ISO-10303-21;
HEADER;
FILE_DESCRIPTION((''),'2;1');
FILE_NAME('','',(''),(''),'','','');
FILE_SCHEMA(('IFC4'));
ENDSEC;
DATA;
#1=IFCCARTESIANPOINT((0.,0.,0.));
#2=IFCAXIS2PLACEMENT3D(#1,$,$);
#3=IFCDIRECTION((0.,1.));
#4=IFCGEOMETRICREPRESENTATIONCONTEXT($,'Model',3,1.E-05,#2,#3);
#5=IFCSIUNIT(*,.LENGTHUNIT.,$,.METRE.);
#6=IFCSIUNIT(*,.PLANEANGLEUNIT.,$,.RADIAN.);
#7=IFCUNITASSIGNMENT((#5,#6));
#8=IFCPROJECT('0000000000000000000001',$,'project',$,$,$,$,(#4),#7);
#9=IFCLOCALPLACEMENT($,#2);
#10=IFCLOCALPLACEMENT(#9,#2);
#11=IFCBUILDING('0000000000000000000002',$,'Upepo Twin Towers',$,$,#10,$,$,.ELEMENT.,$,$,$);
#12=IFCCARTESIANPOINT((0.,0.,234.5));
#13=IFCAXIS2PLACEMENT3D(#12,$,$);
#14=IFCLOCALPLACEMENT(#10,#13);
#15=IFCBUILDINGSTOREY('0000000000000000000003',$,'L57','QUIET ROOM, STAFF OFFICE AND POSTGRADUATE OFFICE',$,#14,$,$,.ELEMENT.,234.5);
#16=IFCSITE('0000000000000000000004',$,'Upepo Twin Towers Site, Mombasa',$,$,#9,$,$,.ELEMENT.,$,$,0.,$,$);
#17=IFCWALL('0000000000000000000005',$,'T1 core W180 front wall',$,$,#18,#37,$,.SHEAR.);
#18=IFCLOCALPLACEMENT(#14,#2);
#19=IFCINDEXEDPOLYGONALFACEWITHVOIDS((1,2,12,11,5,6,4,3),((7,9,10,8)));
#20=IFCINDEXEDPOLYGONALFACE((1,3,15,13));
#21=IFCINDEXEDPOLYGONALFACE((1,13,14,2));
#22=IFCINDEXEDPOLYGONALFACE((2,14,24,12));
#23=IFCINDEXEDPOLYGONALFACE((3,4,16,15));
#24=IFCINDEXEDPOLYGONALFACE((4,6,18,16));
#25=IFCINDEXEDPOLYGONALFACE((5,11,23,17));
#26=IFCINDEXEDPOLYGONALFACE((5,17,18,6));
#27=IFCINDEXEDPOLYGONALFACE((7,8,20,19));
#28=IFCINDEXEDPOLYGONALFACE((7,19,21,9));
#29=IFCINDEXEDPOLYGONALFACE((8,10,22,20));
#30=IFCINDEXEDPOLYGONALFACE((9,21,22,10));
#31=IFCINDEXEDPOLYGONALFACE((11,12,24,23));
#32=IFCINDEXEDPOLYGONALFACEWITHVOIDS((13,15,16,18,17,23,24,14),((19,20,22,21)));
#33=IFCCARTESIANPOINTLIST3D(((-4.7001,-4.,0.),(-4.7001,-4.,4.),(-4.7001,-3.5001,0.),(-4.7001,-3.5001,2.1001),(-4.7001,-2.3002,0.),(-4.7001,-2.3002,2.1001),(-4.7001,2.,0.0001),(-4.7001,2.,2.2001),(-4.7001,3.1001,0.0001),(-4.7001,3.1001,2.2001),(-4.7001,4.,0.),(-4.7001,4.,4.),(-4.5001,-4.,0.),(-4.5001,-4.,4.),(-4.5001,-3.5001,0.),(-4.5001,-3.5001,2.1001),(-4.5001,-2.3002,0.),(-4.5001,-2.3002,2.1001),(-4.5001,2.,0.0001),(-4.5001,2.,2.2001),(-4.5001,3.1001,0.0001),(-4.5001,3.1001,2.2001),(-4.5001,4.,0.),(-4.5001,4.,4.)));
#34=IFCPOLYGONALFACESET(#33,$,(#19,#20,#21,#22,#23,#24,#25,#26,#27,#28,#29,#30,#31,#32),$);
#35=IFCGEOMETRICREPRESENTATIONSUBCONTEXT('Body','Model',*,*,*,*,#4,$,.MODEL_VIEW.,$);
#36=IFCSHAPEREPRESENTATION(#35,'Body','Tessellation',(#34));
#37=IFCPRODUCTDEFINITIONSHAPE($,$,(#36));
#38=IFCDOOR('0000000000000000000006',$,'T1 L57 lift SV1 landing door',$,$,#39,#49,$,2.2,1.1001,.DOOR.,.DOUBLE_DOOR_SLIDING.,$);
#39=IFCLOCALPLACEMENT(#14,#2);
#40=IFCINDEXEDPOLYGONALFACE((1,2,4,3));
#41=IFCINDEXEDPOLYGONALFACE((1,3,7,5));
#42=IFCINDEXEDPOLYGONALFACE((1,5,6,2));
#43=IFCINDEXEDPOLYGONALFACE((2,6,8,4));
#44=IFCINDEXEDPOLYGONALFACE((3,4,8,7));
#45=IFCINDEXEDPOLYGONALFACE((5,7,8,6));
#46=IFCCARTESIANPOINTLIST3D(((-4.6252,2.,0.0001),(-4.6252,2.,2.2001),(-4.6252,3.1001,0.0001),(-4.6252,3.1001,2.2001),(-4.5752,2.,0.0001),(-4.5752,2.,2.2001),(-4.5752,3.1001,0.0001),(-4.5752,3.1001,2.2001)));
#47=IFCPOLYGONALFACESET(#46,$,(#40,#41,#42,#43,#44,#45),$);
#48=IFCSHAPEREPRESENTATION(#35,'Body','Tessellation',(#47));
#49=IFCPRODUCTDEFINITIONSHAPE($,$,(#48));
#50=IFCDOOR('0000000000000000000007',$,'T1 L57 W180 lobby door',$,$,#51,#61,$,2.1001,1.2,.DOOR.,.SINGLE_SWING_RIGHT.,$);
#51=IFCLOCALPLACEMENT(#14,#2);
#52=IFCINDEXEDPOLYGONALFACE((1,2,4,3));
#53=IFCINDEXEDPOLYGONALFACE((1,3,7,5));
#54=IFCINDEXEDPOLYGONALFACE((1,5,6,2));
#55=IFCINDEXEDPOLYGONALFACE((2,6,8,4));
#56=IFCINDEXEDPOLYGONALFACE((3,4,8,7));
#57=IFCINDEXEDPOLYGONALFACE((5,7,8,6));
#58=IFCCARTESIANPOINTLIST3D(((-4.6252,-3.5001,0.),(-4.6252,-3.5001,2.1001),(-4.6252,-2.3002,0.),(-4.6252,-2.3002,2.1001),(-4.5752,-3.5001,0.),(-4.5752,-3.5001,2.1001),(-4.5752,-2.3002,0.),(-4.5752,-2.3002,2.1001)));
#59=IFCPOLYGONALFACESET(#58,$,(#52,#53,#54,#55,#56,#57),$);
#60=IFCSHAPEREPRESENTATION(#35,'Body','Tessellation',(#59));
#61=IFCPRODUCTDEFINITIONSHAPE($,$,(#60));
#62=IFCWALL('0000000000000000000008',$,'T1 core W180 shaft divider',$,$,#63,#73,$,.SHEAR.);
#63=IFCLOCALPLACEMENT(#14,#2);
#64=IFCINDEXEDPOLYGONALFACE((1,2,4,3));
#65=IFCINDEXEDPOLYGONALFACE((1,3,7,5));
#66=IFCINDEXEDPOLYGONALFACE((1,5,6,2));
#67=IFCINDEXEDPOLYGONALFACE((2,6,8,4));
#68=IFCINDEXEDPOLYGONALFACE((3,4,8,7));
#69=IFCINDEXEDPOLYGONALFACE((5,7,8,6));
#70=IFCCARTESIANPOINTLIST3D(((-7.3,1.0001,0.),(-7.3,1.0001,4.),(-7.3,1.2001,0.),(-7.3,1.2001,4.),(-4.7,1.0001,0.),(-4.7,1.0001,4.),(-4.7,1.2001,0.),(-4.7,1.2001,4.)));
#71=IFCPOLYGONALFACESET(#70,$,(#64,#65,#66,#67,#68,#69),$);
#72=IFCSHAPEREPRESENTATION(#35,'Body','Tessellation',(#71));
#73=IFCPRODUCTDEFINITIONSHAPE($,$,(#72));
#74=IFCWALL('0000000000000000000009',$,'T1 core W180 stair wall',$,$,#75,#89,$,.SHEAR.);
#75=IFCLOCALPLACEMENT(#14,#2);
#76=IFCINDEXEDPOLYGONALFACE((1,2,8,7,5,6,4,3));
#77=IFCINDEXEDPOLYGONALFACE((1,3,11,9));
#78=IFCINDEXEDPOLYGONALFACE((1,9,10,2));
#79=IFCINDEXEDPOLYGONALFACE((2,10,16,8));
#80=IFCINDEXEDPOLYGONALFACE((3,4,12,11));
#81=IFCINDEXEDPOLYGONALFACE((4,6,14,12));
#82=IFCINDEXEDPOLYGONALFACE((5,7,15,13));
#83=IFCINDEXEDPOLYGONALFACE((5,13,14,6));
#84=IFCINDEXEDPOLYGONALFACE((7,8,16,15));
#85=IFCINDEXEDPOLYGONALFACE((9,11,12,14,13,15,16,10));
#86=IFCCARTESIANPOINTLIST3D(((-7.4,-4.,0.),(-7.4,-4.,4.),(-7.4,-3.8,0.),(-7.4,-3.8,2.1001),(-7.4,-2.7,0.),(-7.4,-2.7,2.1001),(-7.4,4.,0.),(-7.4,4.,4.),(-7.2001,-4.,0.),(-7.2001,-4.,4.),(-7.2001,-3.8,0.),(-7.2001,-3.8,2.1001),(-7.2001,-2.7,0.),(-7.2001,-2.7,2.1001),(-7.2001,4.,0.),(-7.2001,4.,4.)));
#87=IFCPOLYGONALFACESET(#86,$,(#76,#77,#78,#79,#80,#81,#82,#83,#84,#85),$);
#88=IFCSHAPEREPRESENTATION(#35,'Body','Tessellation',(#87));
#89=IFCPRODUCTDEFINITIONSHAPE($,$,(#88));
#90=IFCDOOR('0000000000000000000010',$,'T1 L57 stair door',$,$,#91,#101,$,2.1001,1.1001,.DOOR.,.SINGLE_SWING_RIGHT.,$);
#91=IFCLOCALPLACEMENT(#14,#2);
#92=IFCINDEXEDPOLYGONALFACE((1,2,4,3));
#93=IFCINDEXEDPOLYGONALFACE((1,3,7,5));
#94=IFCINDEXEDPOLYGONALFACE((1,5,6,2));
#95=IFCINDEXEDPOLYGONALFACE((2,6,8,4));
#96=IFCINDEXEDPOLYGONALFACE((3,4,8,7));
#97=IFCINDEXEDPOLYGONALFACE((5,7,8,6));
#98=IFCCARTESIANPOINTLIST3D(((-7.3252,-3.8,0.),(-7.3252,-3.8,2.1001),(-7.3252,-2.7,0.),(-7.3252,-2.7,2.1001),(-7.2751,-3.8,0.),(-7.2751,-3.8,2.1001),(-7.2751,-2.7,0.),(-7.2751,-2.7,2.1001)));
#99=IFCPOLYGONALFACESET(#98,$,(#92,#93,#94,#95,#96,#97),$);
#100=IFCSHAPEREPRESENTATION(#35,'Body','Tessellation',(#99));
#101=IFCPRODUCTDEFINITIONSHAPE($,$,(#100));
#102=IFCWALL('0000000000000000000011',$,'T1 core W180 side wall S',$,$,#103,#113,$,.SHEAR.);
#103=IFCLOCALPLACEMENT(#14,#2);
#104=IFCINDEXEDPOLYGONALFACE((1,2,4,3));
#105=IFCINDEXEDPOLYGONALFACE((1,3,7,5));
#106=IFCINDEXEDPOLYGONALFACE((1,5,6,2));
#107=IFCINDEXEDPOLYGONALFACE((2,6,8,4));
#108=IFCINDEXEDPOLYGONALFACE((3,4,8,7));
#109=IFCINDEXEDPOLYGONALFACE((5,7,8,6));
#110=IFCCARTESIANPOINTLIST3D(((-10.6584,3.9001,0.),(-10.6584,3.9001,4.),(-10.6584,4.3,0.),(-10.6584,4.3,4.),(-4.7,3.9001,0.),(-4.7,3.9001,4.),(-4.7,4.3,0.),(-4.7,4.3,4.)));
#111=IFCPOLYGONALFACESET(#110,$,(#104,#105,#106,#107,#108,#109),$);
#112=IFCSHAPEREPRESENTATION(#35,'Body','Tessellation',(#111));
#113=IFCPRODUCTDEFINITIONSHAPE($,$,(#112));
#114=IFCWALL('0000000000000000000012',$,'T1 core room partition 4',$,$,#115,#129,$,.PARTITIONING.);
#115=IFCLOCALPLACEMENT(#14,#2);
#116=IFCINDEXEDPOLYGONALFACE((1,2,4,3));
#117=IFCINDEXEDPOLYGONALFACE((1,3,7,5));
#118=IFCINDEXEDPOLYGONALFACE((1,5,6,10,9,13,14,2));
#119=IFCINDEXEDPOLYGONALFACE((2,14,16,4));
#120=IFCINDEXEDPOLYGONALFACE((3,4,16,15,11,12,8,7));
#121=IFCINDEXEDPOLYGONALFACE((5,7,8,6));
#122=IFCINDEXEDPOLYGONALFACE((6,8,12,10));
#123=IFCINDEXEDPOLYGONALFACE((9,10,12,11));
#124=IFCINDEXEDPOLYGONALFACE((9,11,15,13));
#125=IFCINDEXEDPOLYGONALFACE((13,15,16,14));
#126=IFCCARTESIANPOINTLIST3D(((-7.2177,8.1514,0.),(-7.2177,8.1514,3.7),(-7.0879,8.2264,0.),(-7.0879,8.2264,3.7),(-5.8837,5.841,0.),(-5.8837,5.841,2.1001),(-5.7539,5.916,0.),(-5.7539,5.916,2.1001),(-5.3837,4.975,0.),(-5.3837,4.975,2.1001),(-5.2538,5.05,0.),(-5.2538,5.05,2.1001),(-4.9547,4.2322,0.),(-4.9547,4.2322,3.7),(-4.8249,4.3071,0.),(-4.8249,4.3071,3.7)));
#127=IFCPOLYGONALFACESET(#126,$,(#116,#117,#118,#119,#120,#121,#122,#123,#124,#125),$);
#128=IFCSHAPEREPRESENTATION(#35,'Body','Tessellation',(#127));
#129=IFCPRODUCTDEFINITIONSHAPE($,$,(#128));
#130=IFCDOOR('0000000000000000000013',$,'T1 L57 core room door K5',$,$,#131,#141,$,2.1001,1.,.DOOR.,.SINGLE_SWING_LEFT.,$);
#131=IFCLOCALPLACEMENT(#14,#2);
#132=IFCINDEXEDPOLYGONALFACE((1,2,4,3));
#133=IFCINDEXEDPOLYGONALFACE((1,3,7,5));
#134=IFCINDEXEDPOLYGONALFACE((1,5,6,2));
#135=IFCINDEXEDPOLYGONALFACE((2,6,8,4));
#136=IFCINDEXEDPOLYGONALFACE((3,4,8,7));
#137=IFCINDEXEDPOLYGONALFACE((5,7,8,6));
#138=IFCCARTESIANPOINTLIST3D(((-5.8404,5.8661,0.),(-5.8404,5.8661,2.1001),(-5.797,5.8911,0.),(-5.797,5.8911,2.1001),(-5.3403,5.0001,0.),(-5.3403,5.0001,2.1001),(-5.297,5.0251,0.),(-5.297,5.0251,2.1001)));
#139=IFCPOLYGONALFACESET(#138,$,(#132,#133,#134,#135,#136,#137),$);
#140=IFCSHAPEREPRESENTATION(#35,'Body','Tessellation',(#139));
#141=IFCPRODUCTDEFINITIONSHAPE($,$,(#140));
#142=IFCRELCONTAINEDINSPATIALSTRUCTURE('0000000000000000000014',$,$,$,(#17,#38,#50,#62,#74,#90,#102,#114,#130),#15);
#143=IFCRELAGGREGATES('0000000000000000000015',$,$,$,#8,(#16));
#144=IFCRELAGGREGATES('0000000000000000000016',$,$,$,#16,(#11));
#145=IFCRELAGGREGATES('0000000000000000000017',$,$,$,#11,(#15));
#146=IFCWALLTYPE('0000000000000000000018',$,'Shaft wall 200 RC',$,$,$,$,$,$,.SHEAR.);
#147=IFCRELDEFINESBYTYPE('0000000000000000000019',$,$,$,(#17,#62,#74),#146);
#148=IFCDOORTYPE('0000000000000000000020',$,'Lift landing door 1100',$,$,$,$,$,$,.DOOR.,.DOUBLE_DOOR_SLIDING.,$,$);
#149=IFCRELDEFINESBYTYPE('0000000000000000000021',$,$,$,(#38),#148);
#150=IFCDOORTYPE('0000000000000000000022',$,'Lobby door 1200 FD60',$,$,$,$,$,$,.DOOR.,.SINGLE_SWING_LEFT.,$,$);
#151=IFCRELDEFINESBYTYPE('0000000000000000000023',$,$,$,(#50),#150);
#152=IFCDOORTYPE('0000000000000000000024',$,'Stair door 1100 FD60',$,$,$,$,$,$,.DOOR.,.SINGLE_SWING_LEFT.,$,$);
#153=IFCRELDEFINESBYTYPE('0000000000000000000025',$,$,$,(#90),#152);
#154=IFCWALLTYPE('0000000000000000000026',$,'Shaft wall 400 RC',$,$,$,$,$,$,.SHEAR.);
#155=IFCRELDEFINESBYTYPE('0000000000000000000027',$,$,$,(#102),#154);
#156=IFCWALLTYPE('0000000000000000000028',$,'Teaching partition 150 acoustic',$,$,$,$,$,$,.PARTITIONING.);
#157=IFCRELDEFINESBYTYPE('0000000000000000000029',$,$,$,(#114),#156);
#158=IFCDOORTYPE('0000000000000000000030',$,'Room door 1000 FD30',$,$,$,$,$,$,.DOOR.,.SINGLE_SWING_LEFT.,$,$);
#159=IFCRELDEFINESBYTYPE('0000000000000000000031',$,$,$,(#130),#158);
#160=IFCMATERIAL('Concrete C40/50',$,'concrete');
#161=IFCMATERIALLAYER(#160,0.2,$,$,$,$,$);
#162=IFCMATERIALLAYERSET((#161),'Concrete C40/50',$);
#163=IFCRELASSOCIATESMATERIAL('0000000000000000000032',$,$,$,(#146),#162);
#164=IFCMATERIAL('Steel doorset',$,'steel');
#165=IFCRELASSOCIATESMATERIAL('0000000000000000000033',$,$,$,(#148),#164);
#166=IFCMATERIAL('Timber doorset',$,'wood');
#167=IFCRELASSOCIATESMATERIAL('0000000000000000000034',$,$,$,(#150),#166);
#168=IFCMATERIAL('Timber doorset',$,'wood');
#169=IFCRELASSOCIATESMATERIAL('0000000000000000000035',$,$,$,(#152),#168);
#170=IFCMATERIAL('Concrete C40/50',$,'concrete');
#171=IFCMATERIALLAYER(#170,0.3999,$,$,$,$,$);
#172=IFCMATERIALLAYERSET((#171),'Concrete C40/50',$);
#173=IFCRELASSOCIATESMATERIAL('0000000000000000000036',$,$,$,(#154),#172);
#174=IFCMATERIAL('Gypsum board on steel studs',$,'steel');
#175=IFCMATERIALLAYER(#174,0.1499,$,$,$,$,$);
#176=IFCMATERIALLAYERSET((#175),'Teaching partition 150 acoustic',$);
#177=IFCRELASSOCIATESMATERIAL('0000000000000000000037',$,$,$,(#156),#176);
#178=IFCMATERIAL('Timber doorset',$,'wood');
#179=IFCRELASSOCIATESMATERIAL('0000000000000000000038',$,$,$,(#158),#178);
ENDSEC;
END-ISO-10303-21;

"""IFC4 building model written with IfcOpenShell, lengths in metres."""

from ifc_helpers import new_model, si_unit, direction, frame, frame_2d, origin, place, context, subcontext, project, spatial, rectangle, extrude, material, layer, layer_set, type_object, element, fill, save


model = new_model("IFC4")

# Units and contexts
model_context = context("Model", 3, precision=1e-05, world=origin(), true_north=direction((0.0, 1.0)))
body_context = subcontext(model_context, "Body", "Model", "MODEL_VIEW")
ifc_project = project(units=[si_unit("LENGTHUNIT", "METRE"), si_unit("PLANEANGLEUNIT", "RADIAN")], contexts=[model_context])

# Site, building, storey
site_placement = place(None, origin())
site = spatial("IfcSite", under=ifc_project, at=site_placement, Name="Upepo Twin Towers Site, Mombasa", CompositionType="ELEMENT", RefElevation=0.0)
building_placement = place(site_placement, origin())
building = spatial("IfcBuilding", under=site, at=building_placement, Name="Upepo Twin Towers", CompositionType="ELEMENT")
storey_placement = place(building_placement, frame((0.0, 0.0, 234.5)))
storey = spatial("IfcBuildingStorey", under=building, at=storey_placement, Name="L57", Description="QUIET ROOM, STAFF OFFICE AND POSTGRADUATE OFFICE", CompositionType="ELEMENT", Elevation=234.5)

# Wall, openings, doors
ifc_material_1 = material(Name="Concrete C40/50", Category="concrete")
ifc_layer_1 = layer(ifc_material_1, 0.2)
ifc_layer_set_1 = layer_set([ifc_layer_1], Name="Concrete C40/50")
wall_type_1 = type_object("IfcWallType", Name="Shaft wall 200 RC", PredefinedType="SHEAR", material=ifc_layer_set_1)
wall_1_placement = place(storey_placement, frame((-4.6001, 4.0, 0.0), z_axis=(0.0, 0.0, 1.0), x_axis=(0.0, -1.0, 0.0)))
wall_1 = element("IfcWall", 1, at=wall_1_placement, inside=storey, type_object=wall_type_1, Name="T1 core W180 front wall", PredefinedType="SHEAR", context=body_context, shape_type="SweptSolid", body=[
    extrude(rectangle(XDim=8.0, YDim=0.2, at=frame_2d((4.0, 0.0))), origin(), (0.0, 0.0, 1.0), 4.0),
])
opening_1_placement = place(wall_1_placement, frame((6.3, 0.0, 0.0)))
opening_1 = element("IfcOpeningElement", 2, at=opening_1_placement, cuts=wall_1, PredefinedType="OPENING", context=body_context, shape_type="SweptSolid", body=[
    extrude(rectangle(XDim=1.2, YDim=2.1001, at=frame_2d((0.6001, 1.05))), frame((0.0, 0.1099, 0.0), z_axis=(0.0, -1.0, 0.0), x_axis=(1.0, 0.0, 0.0)), (0.0, 0.0, 1.0), 0.22),
])
opening_2_placement = place(wall_1_placement, frame((0.8999, 0.0, 0.0)))
opening_2 = element("IfcOpeningElement", 3, at=opening_2_placement, cuts=wall_1, PredefinedType="OPENING", context=body_context, shape_type="SweptSolid", body=[
    extrude(rectangle(XDim=1.1001, YDim=2.2, at=frame_2d((0.55, 1.1001))), frame((0.0, 0.1099, 0.0), z_axis=(0.0, -1.0, 0.0), x_axis=(1.0, 0.0, 0.0)), (0.0, 0.0, 1.0), 0.22),
])
ifc_material_2 = material(Name="Steel doorset", Category="steel")
door_type_1 = type_object("IfcDoorType", Name="Lift landing door 1100", OperationType="DOUBLE_DOOR_SLIDING", PredefinedType="DOOR", material=ifc_material_2)
door_1_placement = place(opening_2_placement, origin())
door_1 = element("IfcDoor", 4, at=door_1_placement, inside=storey, type_object=door_type_1, Name="T1 L57 lift SV1 landing door", OperationType="DOUBLE_DOOR_SLIDING", OverallHeight=2.2, OverallWidth=1.1001, PredefinedType="DOOR", context=body_context, shape_type="SweptSolid", body=[
    extrude(rectangle(XDim=1.1001, YDim=2.2, at=frame_2d((0.55, 1.1001))), frame((0.0, 0.0249, 0.0), z_axis=(0.0, -1.0, 0.0), x_axis=(1.0, 0.0, 0.0)), (0.0, 0.0, 1.0), 0.05),
])
fill(opening_2, door_1)
ifc_material_3 = material(Name="Timber doorset", Category="wood")
door_type_2 = type_object("IfcDoorType", Name="Lobby door 1200 FD60", OperationType="SINGLE_SWING_LEFT", PredefinedType="DOOR", material=ifc_material_3)
door_2_placement = place(opening_1_placement, origin())
door_2 = element("IfcDoor", 5, at=door_2_placement, inside=storey, type_object=door_type_2, Name="T1 L57 W180 lobby door", OperationType="SINGLE_SWING_RIGHT", OverallHeight=2.1001, OverallWidth=1.2, PredefinedType="DOOR", context=body_context, shape_type="SweptSolid", body=[
    extrude(rectangle(XDim=1.2, YDim=2.1001, at=frame_2d((0.6001, 1.05))), frame((0.0, 0.0249, 0.0), z_axis=(0.0, -1.0, 0.0), x_axis=(1.0, 0.0, 0.0)), (0.0, 0.0, 1.0), 0.05),
])
fill(opening_1, door_2)

# Wall
wall_2_placement = place(storey_placement, frame((-4.7, 1.1001, 0.0), z_axis=(0.0, 0.0, 1.0), x_axis=(-1.0, 0.0, 0.0)))
element("IfcWall", 6, at=wall_2_placement, inside=storey, type_object=wall_type_1, Name="T1 core W180 shaft divider", PredefinedType="SHEAR", context=body_context, shape_type="SweptSolid", body=[
    extrude(rectangle(XDim=2.6001, YDim=0.2, at=frame_2d((1.3, 0.0))), origin(), (0.0, 0.0, 1.0), 4.0),
])

# Wall, opening, door
wall_3_placement = place(storey_placement, frame((-7.3, 4.0, 0.0), z_axis=(0.0, 0.0, 1.0), x_axis=(0.0, -1.0, 0.0)))
wall_3 = element("IfcWall", 7, at=wall_3_placement, inside=storey, type_object=wall_type_1, Name="T1 core W180 stair wall", PredefinedType="SHEAR", context=body_context, shape_type="SweptSolid", body=[
    extrude(rectangle(XDim=8.0, YDim=0.2, at=frame_2d((4.0, 0.0))), origin(), (0.0, 0.0, 1.0), 4.0),
])
opening_3_placement = place(wall_3_placement, frame((6.7, 0.0, 0.0)))
opening_3 = element("IfcOpeningElement", 8, at=opening_3_placement, cuts=wall_3, PredefinedType="OPENING", context=body_context, shape_type="SweptSolid", body=[
    extrude(rectangle(XDim=1.1001, YDim=2.1001, at=frame_2d((0.55, 1.05))), frame((0.0, 0.1099, 0.0), z_axis=(0.0, -1.0, 0.0), x_axis=(1.0, 0.0, 0.0)), (0.0, 0.0, 1.0), 0.22),
])
ifc_material_4 = material(Name="Timber doorset", Category="wood")
door_type_3 = type_object("IfcDoorType", Name="Stair door 1100 FD60", OperationType="SINGLE_SWING_LEFT", PredefinedType="DOOR", material=ifc_material_4)
door_3_placement = place(opening_3_placement, origin())
door_3 = element("IfcDoor", 9, at=door_3_placement, inside=storey, type_object=door_type_3, Name="T1 L57 stair door", OperationType="SINGLE_SWING_RIGHT", OverallHeight=2.1001, OverallWidth=1.1001, PredefinedType="DOOR", context=body_context, shape_type="SweptSolid", body=[
    extrude(rectangle(XDim=1.1001, YDim=2.1001, at=frame_2d((0.55, 1.05))), frame((0.0, 0.0249, 0.0), z_axis=(0.0, -1.0, 0.0), x_axis=(1.0, 0.0, 0.0)), (0.0, 0.0, 1.0), 0.05),
])
fill(opening_3, door_3)

# Wall
ifc_material_5 = material(Name="Concrete C40/50", Category="concrete")
ifc_layer_2 = layer(ifc_material_5, 0.3999)
ifc_layer_set_2 = layer_set([ifc_layer_2], Name="Concrete C40/50")
wall_type_2 = type_object("IfcWallType", Name="Shaft wall 400 RC", PredefinedType="SHEAR", material=ifc_layer_set_2)
wall_4_placement = place(storey_placement, frame((-4.7, 4.1001, 0.0), z_axis=(0.0, 0.0, 1.0), x_axis=(-1.0, 0.0, 0.0)))
element("IfcWall", 10, at=wall_4_placement, inside=storey, type_object=wall_type_2, Name="T1 core W180 side wall S", PredefinedType="SHEAR", context=body_context, shape_type="SweptSolid", body=[
    extrude(rectangle(XDim=5.9585, YDim=0.3999, at=frame_2d((2.9792, 0.0))), origin(), (0.0, 0.0, 1.0), 4.0),
])

# Wall, opening, door
ifc_material_6 = material(Name="Gypsum board on steel studs", Category="steel")
ifc_layer_3 = layer(ifc_material_6, 0.1499)
ifc_layer_set_3 = layer_set([ifc_layer_3], Name="Teaching partition 150 acoustic")
wall_type_3 = type_object("IfcWallType", Name="Teaching partition 150 acoustic", PredefinedType="PARTITIONING", material=ifc_layer_set_3)
wall_5_placement = place(storey_placement, frame((-4.8899, 4.2698, 0.0), z_axis=(0.0, 0.0, 1.0), x_axis=(-0.500032, 0.866007, 0.0)))
wall_5 = element("IfcWall", 11, at=wall_5_placement, inside=storey, type_object=wall_type_3, Name="T1 core room partition 4", PredefinedType="PARTITIONING", context=body_context, shape_type="SweptSolid", body=[
    extrude(rectangle(XDim=4.5256, YDim=0.1499, at=frame_2d((2.2627, 0.0))), origin(), (0.0, 0.0, 1.0), 3.7),
])
opening_4_placement = place(wall_5_placement, frame((0.8577, 0.0, 0.0)))
opening_4 = element("IfcOpeningElement", 12, at=opening_4_placement, cuts=wall_5, PredefinedType="OPENING", context=body_context, shape_type="SweptSolid", body=[
    extrude(rectangle(XDim=1.0, YDim=2.1001, at=frame_2d((0.5, 1.05))), frame((0.0, 0.085, 0.0), z_axis=(0.0, -1.0, 0.0), x_axis=(1.0, 0.0, 0.0)), (0.0, 0.0, 1.0), 0.1699),
])
ifc_material_7 = material(Name="Timber doorset", Category="wood")
door_type_4 = type_object("IfcDoorType", Name="Room door 1000 FD30", OperationType="SINGLE_SWING_LEFT", PredefinedType="DOOR", material=ifc_material_7)
door_4_placement = place(opening_4_placement, origin())
door_4 = element("IfcDoor", 13, at=door_4_placement, inside=storey, type_object=door_type_4, Name="T1 L57 core room door K5", OperationType="SINGLE_SWING_LEFT", OverallHeight=2.1001, OverallWidth=1.0, PredefinedType="DOOR", context=body_context, shape_type="SweptSolid", body=[
    extrude(rectangle(XDim=1.0, YDim=2.1001, at=frame_2d((0.5, 1.05))), frame((0.0, 0.0249, 0.0), z_axis=(0.0, -1.0, 0.0), x_axis=(1.0, 0.0, 0.0)), (0.0, 0.0, 1.0), 0.05),
])
fill(opening_4, door_4)

save(model, "model.ifc")
